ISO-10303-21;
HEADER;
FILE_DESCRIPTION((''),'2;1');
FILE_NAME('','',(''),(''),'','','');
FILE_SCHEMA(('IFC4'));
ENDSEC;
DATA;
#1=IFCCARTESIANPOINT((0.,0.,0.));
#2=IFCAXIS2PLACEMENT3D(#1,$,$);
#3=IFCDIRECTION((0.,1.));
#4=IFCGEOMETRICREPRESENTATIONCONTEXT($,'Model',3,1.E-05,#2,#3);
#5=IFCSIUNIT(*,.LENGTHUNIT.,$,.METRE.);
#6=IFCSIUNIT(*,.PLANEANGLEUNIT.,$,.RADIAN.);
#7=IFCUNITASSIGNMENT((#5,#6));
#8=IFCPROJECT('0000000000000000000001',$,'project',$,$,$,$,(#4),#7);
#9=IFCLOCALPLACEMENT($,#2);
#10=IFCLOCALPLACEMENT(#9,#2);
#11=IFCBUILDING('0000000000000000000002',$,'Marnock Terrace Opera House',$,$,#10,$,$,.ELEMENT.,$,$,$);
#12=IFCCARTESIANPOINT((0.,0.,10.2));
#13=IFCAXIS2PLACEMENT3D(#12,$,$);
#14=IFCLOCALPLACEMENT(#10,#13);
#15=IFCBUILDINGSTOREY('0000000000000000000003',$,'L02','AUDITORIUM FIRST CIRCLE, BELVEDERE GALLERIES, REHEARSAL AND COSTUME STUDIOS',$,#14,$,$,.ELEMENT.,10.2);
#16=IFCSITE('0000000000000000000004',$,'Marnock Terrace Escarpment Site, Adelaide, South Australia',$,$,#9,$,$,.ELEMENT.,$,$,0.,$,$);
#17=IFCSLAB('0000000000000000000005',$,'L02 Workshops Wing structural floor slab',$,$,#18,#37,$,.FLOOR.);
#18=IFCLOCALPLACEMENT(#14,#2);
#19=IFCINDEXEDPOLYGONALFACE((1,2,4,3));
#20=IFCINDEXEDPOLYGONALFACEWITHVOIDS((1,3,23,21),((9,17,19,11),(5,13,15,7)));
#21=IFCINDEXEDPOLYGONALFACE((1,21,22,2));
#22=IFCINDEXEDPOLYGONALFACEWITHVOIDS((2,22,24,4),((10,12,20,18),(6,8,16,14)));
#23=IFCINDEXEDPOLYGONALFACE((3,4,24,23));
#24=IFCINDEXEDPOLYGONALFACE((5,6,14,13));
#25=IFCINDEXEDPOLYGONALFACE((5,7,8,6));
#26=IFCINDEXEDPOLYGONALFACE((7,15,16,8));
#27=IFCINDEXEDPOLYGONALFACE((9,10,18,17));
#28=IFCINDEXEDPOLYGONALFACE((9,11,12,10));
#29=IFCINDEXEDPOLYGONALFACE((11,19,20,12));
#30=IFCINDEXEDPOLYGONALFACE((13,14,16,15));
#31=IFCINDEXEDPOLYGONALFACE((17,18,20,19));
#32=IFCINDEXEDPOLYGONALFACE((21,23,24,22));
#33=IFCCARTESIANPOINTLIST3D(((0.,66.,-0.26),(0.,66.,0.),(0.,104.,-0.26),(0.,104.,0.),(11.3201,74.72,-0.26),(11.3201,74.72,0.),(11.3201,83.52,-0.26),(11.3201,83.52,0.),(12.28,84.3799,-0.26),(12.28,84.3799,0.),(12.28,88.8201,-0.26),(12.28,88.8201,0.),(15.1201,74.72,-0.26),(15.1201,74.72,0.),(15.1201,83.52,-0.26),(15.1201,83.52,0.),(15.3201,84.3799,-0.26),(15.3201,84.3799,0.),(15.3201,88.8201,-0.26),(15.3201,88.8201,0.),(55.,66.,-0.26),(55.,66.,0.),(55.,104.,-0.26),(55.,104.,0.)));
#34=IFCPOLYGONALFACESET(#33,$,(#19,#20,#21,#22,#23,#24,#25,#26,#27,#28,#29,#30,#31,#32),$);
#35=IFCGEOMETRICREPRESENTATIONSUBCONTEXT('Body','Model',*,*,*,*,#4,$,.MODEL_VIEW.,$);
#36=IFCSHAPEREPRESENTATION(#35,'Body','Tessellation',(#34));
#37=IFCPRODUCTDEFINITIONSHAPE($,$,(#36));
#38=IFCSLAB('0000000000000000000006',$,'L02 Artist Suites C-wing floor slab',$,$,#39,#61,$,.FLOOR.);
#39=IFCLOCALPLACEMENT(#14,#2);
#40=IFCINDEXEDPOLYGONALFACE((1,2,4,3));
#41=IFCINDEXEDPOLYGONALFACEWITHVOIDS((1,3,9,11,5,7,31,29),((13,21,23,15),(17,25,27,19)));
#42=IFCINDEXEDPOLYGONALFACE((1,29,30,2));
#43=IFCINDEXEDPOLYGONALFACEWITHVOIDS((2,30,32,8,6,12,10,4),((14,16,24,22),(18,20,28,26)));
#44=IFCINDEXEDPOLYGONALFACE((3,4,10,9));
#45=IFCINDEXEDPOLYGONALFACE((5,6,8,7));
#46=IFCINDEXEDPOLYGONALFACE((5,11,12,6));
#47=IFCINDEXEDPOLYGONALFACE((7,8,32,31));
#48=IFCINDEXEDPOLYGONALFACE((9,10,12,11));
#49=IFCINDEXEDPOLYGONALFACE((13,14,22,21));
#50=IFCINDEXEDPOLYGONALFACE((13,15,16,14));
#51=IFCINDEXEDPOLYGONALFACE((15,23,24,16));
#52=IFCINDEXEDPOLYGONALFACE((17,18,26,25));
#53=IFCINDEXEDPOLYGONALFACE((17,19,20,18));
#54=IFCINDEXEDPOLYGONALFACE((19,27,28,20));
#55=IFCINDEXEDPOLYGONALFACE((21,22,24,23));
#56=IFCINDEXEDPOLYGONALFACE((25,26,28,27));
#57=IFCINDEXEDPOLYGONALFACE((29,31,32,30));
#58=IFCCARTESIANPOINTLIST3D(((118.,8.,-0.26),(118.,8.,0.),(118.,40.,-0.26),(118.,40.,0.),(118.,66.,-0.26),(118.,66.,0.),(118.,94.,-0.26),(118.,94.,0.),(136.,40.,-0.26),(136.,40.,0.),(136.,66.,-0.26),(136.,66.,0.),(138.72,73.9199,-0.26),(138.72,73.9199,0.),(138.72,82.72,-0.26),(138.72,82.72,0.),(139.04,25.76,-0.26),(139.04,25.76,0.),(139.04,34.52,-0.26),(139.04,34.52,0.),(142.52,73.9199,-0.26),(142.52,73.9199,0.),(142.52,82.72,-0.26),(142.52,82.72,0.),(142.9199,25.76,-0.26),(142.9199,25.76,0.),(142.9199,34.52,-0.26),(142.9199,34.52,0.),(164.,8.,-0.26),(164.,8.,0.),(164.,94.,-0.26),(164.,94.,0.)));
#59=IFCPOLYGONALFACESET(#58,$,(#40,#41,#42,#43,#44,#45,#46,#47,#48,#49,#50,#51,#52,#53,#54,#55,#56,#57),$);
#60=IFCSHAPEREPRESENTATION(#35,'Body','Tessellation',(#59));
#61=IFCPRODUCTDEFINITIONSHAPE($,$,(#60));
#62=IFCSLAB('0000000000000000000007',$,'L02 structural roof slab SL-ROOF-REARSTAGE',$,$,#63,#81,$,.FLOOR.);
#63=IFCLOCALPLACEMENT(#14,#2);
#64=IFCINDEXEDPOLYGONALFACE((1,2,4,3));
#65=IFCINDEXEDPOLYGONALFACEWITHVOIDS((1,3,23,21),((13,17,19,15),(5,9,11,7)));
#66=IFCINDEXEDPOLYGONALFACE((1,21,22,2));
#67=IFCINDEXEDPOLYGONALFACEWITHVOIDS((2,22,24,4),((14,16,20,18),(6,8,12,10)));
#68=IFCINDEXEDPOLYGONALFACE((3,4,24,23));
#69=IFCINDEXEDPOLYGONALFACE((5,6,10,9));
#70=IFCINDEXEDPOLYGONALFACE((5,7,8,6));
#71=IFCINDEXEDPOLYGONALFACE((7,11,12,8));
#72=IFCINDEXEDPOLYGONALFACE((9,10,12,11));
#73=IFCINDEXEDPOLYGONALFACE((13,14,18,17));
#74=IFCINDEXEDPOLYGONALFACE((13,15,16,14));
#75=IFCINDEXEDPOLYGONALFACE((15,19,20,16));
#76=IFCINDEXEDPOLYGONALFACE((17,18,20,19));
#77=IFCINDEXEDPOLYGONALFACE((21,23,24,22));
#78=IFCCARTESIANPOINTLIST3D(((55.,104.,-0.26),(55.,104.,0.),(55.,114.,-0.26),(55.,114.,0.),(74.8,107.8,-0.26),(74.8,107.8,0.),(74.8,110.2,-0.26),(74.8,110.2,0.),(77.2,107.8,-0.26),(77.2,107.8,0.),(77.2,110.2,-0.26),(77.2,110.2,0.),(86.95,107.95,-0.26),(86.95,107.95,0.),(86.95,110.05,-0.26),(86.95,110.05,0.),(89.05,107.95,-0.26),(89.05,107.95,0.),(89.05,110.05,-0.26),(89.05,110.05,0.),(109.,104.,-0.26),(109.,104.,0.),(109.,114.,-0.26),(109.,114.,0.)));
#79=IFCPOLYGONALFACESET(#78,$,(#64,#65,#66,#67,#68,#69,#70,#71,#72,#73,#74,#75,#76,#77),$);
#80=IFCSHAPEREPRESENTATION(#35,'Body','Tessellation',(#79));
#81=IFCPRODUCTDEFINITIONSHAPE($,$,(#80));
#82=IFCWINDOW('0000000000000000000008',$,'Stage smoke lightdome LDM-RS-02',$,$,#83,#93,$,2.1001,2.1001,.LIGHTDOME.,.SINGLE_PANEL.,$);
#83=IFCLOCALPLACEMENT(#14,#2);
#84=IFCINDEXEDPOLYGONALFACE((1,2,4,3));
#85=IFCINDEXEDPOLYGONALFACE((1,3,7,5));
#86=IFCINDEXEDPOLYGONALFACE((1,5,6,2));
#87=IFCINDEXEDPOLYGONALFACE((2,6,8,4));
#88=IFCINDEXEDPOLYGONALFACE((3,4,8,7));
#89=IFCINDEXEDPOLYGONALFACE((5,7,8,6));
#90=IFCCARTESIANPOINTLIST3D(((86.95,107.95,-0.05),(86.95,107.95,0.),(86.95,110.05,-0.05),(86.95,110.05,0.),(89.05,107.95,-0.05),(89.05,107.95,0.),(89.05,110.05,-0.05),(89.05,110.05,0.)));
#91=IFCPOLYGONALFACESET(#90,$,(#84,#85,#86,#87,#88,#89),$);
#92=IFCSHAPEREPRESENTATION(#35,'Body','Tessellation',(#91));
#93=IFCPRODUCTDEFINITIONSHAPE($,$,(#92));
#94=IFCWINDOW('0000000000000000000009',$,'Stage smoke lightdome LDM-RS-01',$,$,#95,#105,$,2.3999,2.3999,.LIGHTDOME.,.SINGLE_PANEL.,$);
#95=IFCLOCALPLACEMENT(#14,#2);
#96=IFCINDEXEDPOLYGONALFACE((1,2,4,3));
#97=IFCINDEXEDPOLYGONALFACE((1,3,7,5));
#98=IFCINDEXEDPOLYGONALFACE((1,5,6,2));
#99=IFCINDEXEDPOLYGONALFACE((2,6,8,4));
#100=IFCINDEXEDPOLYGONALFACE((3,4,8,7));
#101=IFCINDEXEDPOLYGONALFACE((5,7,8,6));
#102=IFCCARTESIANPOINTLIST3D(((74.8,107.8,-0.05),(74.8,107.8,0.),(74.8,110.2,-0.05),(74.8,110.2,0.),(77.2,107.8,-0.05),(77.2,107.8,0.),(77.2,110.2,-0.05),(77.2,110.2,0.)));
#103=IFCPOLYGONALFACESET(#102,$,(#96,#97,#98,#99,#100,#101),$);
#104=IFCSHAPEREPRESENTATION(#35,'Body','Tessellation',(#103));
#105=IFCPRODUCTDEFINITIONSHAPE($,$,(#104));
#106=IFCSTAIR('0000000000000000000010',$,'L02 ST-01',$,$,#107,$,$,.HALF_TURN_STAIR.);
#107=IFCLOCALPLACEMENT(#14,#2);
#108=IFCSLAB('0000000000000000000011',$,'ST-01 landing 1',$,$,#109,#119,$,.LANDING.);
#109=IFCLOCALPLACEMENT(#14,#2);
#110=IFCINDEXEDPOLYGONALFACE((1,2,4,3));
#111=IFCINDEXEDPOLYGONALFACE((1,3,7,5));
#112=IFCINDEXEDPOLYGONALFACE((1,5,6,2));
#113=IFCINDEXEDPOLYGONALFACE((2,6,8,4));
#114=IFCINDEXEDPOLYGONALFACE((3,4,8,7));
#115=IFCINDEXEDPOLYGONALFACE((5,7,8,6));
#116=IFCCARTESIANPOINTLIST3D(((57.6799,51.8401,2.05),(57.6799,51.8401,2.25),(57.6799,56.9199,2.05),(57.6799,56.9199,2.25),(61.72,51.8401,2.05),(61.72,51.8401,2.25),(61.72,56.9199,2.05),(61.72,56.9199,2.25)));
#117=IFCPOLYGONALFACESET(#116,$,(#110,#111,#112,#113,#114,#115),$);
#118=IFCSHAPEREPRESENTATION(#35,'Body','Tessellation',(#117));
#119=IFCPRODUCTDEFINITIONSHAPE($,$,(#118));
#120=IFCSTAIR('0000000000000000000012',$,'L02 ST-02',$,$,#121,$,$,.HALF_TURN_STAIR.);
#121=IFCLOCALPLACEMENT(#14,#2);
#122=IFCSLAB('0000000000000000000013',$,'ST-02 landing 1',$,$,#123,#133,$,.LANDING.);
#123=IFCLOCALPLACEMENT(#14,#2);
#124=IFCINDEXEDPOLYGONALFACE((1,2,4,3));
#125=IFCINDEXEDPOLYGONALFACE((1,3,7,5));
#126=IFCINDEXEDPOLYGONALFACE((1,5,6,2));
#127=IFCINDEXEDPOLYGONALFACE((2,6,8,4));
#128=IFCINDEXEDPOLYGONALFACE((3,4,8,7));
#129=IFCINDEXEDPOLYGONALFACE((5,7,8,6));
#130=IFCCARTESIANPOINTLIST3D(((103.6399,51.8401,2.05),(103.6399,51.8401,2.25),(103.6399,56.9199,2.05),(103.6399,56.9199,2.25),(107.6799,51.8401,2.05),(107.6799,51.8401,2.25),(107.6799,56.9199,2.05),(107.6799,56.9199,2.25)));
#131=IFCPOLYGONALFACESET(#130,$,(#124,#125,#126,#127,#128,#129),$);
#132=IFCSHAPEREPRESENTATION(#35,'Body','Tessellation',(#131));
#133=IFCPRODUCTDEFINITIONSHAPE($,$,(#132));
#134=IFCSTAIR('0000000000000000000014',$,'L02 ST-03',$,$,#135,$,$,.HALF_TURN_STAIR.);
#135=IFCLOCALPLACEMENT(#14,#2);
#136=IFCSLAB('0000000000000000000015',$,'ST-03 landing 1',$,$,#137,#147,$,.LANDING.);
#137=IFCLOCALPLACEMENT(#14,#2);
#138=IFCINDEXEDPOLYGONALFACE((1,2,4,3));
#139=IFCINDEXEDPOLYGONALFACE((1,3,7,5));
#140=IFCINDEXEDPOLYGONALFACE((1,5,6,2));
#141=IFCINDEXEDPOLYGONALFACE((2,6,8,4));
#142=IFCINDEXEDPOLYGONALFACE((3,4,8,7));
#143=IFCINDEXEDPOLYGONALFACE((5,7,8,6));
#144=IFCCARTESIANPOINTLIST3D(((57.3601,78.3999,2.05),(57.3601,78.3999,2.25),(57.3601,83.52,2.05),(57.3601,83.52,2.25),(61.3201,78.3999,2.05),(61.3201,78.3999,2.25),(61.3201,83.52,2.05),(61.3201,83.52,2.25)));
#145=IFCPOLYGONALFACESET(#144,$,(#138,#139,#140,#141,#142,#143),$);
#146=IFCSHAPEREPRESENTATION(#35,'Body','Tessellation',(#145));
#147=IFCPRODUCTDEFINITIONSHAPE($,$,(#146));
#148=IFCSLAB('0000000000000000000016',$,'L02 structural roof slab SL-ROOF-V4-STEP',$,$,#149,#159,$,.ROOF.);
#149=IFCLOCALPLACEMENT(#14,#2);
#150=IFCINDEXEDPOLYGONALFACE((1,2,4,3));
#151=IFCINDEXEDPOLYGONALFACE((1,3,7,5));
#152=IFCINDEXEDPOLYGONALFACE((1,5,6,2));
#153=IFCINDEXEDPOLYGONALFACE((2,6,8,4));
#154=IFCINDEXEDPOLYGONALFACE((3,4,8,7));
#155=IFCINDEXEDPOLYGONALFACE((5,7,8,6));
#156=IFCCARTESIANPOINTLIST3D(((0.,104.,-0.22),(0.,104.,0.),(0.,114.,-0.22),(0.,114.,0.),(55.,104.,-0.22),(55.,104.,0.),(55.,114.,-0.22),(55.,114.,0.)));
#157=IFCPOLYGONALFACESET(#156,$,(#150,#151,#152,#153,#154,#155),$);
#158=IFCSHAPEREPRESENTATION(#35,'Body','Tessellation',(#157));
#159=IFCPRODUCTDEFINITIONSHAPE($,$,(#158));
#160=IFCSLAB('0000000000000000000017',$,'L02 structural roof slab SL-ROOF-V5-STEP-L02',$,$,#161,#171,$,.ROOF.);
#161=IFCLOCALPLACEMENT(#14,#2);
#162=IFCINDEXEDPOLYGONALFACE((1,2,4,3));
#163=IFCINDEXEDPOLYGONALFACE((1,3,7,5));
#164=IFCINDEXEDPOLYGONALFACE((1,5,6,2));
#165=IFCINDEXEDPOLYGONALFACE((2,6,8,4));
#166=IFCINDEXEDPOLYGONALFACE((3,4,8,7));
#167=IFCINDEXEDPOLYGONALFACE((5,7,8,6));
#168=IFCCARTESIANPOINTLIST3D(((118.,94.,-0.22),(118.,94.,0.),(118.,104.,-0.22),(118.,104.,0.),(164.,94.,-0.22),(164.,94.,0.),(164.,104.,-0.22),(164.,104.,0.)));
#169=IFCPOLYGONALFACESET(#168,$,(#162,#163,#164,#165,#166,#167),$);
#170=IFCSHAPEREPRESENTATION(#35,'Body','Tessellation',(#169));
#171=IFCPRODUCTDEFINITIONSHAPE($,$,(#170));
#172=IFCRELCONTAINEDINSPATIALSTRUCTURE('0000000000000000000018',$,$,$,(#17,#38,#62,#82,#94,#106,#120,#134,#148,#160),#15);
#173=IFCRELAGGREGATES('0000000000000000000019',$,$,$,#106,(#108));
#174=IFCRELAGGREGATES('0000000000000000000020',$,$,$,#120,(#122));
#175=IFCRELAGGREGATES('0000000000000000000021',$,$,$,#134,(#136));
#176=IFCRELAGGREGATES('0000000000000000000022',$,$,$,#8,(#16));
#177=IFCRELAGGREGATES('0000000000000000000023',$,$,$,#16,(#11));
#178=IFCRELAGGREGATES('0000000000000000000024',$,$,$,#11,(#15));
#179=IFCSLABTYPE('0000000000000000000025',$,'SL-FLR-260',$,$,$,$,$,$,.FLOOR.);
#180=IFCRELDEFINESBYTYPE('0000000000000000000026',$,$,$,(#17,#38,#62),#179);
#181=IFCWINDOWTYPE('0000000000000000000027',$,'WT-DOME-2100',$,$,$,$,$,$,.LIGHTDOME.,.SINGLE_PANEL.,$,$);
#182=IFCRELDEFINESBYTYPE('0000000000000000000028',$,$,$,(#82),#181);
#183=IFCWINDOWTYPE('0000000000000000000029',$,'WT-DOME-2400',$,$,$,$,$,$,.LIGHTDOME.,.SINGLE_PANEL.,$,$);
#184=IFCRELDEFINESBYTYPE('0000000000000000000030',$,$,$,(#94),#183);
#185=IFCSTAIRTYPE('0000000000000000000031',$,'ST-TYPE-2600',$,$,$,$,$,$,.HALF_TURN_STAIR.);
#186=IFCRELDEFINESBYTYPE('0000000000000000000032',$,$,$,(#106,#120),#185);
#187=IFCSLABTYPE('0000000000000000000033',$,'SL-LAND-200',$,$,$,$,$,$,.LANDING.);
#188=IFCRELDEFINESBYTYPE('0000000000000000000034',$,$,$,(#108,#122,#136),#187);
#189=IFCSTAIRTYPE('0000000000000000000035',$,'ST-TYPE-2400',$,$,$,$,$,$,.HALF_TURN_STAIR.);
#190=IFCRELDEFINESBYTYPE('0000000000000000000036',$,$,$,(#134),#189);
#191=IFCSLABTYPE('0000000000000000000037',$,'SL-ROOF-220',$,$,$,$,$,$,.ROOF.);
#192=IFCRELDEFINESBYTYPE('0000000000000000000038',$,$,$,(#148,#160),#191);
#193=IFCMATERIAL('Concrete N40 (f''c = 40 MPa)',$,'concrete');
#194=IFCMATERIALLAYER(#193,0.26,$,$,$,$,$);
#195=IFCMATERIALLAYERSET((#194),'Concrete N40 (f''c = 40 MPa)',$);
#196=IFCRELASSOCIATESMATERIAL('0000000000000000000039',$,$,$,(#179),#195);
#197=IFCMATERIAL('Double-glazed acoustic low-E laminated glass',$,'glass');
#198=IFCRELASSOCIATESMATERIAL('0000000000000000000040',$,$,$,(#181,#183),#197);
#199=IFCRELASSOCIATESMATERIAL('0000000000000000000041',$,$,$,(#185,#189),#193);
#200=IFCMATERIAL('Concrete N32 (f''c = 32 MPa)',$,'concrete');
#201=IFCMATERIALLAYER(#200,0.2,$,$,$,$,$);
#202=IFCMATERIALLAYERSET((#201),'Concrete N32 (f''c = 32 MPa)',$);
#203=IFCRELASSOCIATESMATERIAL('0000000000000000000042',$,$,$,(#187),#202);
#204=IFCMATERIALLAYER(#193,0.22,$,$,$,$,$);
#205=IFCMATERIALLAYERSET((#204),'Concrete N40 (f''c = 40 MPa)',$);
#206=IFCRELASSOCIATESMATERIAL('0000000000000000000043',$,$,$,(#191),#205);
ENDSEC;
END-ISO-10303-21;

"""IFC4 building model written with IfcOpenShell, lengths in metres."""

from ifc_helpers import new_model, si_unit, direction, frame, origin, origin_2d, place, context, subcontext, project, spatial, polyline, rectangle, outline, extrude, material, layer, layer_set, type_object, element, fill, aggregate, save


model = new_model("IFC4")

# Units and contexts
model_context = context("Model", 3, precision=1e-05, world=origin(), true_north=direction((0.0, 1.0)))
body_context = subcontext(model_context, "Body", "Model", "MODEL_VIEW")
ifc_project = project(units=[si_unit("LENGTHUNIT", "METRE"), si_unit("PLANEANGLEUNIT", "RADIAN")], contexts=[model_context])

# Site, building, storey
site_placement = place(None, origin())
site = spatial("IfcSite", under=ifc_project, at=site_placement, Name="Marnock Terrace Escarpment Site, Adelaide, South Australia", CompositionType="ELEMENT", RefElevation=0.0)
building_placement = place(site_placement, origin())
building = spatial("IfcBuilding", under=site, at=building_placement, Name="Marnock Terrace Opera House", CompositionType="ELEMENT")
storey_placement = place(building_placement, frame((0.0, 0.0, 10.2)))
storey = spatial("IfcBuildingStorey", under=building, at=storey_placement, Name="L02", Description="AUDITORIUM FIRST CIRCLE, BELVEDERE GALLERIES, REHEARSAL AND COSTUME STUDIOS", CompositionType="ELEMENT", Elevation=10.2)

# Slabs
ifc_material_1 = material(Name="Concrete N40 (f'c = 40 MPa)", Category="concrete")
ifc_layer_1 = layer(ifc_material_1, 0.26)
ifc_layer_set_1 = layer_set([ifc_layer_1], Name="Concrete N40 (f'c = 40 MPa)")
slab_type_1 = type_object("IfcSlabType", Name="SL-FLR-260", PredefinedType="FLOOR", material=ifc_layer_set_1)
slab_1_placement = place(storey_placement, frame((0.0, 0.0, -0.26)))
element("IfcSlab", 1, at=slab_1_placement, inside=storey, type_object=slab_type_1, Name="L02 Workshops Wing structural floor slab", PredefinedType="FLOOR", context=body_context, shape_type="SweptSolid", body=[
    extrude(outline(polyline([(0.0, 66.0), (55.0, 66.0), (55.0, 104.0), (0.0, 104.0), (0.0, 66.0)]), holes=[polyline([(15.1201, 74.72), (15.1201, 83.52), (11.3201, 83.52), (11.3201, 74.72), (15.1201, 74.72)]), polyline([(12.28, 84.3799), (15.3201, 84.3799), (15.3201, 88.8201), (12.28, 88.8201), (12.28, 84.3799)])]), origin(), (0.0, 0.0, 1.0), 0.26),
])
slab_2_placement = place(storey_placement, frame((0.0, 0.0, -0.26)))
element("IfcSlab", 2, at=slab_2_placement, inside=storey, type_object=slab_type_1, Name="L02 Artist Suites C-wing floor slab", PredefinedType="FLOOR", context=body_context, shape_type="SweptSolid", body=[
    extrude(outline(polyline([(118.0, 8.0), (164.0, 8.0), (164.0, 94.0), (118.0, 94.0), (118.0, 66.0), (136.0, 66.0), (136.0, 40.0), (118.0, 40.0), (118.0, 8.0)]), holes=[polyline([(142.9199, 25.76), (142.9199, 34.52), (139.04, 34.52), (139.04, 25.76), (142.9199, 25.76)]), polyline([(142.52, 73.9199), (142.52, 82.72), (138.72, 82.72), (138.72, 73.9199), (142.52, 73.9199)])]), origin(), (0.0, 0.0, 1.0), 0.26),
])

# Slab, openings, windows
slab_3_placement = place(storey_placement, frame((0.0, 0.0, -0.26)))
slab_3 = element("IfcSlab", 3, at=slab_3_placement, inside=storey, type_object=slab_type_1, Name="L02 structural roof slab SL-ROOF-REARSTAGE", PredefinedType="FLOOR", context=body_context, shape_type="SweptSolid", body=[
    extrude(outline(polyline([(55.0, 104.0), (109.0, 104.0), (109.0, 114.0), (55.0, 114.0), (55.0, 104.0)])), origin(), (0.0, 0.0, 1.0), 0.26),
])
opening_1_placement = place(slab_3_placement, frame((76.0, 109.0, 0.0)))
opening_1 = element("IfcOpeningElement", 4, at=opening_1_placement, cuts=slab_3, PredefinedType="OPENING", context=body_context, shape_type="SweptSolid", body=[
    extrude(rectangle(XDim=2.3999, YDim=2.3999, at=origin_2d()), frame((0.0, 0.0, -0.01)), (0.0, 0.0, 1.0), 0.28),
])
opening_2_placement = place(slab_3_placement, frame((88.0, 109.0, 0.0)))
opening_2 = element("IfcOpeningElement", 5, at=opening_2_placement, cuts=slab_3, PredefinedType="OPENING", context=body_context, shape_type="SweptSolid", body=[
    extrude(rectangle(XDim=2.1001, YDim=2.1001, at=origin_2d()), frame((0.0, 0.0, -0.01)), (0.0, 0.0, 1.0), 0.28),
])
ifc_material_2 = material(Name="Double-glazed acoustic low-E laminated glass", Category="glass")
window_type_1 = type_object("IfcWindowType", Name="WT-DOME-2100", PartitioningType="SINGLE_PANEL", PredefinedType="LIGHTDOME", material=ifc_material_2)
window_1_placement = place(opening_2_placement, frame((0.0, 0.0, 0.21)))
window_1 = element("IfcWindow", 6, at=window_1_placement, inside=storey, type_object=window_type_1, Name="Stage smoke lightdome LDM-RS-02", OverallHeight=2.1001, OverallWidth=2.1001, PartitioningType="SINGLE_PANEL", PredefinedType="LIGHTDOME", context=body_context, shape_type="SweptSolid", body=[
    extrude(rectangle(XDim=2.1001, YDim=2.1001, at=origin_2d()), origin(), (0.0, 0.0, 1.0), 0.05),
])
fill(opening_2, window_1)
window_type_2 = type_object("IfcWindowType", Name="WT-DOME-2400", PartitioningType="SINGLE_PANEL", PredefinedType="LIGHTDOME", material=ifc_material_2)
window_2_placement = place(opening_1_placement, frame((0.0, 0.0, 0.21)))
window_2 = element("IfcWindow", 7, at=window_2_placement, inside=storey, type_object=window_type_2, Name="Stage smoke lightdome LDM-RS-01", OverallHeight=2.3999, OverallWidth=2.3999, PartitioningType="SINGLE_PANEL", PredefinedType="LIGHTDOME", context=body_context, shape_type="SweptSolid", body=[
    extrude(rectangle(XDim=2.3999, YDim=2.3999, at=origin_2d()), origin(), (0.0, 0.0, 1.0), 0.05),
])
fill(opening_1, window_2)

# Stairs, slabs
stair_type_1 = type_object("IfcStairType", Name="ST-TYPE-2600", PredefinedType="HALF_TURN_STAIR", material=ifc_material_1)
stair_1_placement = place(storey_placement, origin())
stair_1 = element("IfcStair", 8, at=stair_1_placement, inside=storey, type_object=stair_type_1, Name="L02 ST-01", PredefinedType="HALF_TURN_STAIR")
ifc_material_3 = material(Name="Concrete N32 (f'c = 32 MPa)", Category="concrete")
ifc_layer_2 = layer(ifc_material_3, 0.2)
ifc_layer_set_2 = layer_set([ifc_layer_2], Name="Concrete N32 (f'c = 32 MPa)")
slab_type_2 = type_object("IfcSlabType", Name="SL-LAND-200", PredefinedType="LANDING", material=ifc_layer_set_2)
slab_4_placement = place(storey_placement, frame((0.0, 0.0, 2.05)))
slab_4 = element("IfcSlab", 9, at=slab_4_placement, type_object=slab_type_2, Name="ST-01 landing 1", PredefinedType="LANDING", context=body_context, shape_type="SweptSolid", body=[
    extrude(outline(polyline([(61.72, 51.8401), (61.72, 56.9199), (57.6799, 56.9199), (57.6799, 51.8401), (61.72, 51.8401)])), origin(), (0.0, 0.0, 1.0), 0.2),
])
aggregate(stair_1, [slab_4])
stair_2_placement = place(storey_placement, origin())
stair_2 = element("IfcStair", 10, at=stair_2_placement, inside=storey, type_object=stair_type_1, Name="L02 ST-02", PredefinedType="HALF_TURN_STAIR")
slab_5_placement = place(storey_placement, frame((0.0, 0.0, 2.05)))
slab_5 = element("IfcSlab", 11, at=slab_5_placement, type_object=slab_type_2, Name="ST-02 landing 1", PredefinedType="LANDING", context=body_context, shape_type="SweptSolid", body=[
    extrude(outline(polyline([(107.6799, 51.8401), (107.6799, 56.9199), (103.6399, 56.9199), (103.6399, 51.8401), (107.6799, 51.8401)])), origin(), (0.0, 0.0, 1.0), 0.2),
])
aggregate(stair_2, [slab_5])
stair_type_2 = type_object("IfcStairType", Name="ST-TYPE-2400", PredefinedType="HALF_TURN_STAIR", material=ifc_material_1)
stair_3_placement = place(storey_placement, origin())
stair_3 = element("IfcStair", 12, at=stair_3_placement, inside=storey, type_object=stair_type_2, Name="L02 ST-03", PredefinedType="HALF_TURN_STAIR")
slab_6_placement = place(storey_placement, frame((0.0, 0.0, 2.05)))
slab_6 = element("IfcSlab", 13, at=slab_6_placement, type_object=slab_type_2, Name="ST-03 landing 1", PredefinedType="LANDING", context=body_context, shape_type="SweptSolid", body=[
    extrude(outline(polyline([(61.3201, 78.3999), (61.3201, 83.52), (57.3601, 83.52), (57.3601, 78.3999), (61.3201, 78.3999)])), origin(), (0.0, 0.0, 1.0), 0.2),
])
aggregate(stair_3, [slab_6])

# Slabs
ifc_layer_3 = layer(ifc_material_1, 0.22)
ifc_layer_set_3 = layer_set([ifc_layer_3], Name="Concrete N40 (f'c = 40 MPa)")
slab_type_3 = type_object("IfcSlabType", Name="SL-ROOF-220", PredefinedType="ROOF", material=ifc_layer_set_3)
slab_7_placement = place(storey_placement, frame((0.0, 0.0, -0.22)))
element("IfcSlab", 14, at=slab_7_placement, inside=storey, type_object=slab_type_3, Name="L02 structural roof slab SL-ROOF-V4-STEP", PredefinedType="ROOF", context=body_context, shape_type="SweptSolid", body=[
    extrude(outline(polyline([(0.0, 104.0), (55.0, 104.0), (55.0, 114.0), (0.0, 114.0), (0.0, 104.0)])), origin(), (0.0, 0.0, 1.0), 0.22),
])
slab_8_placement = place(storey_placement, frame((0.0, 0.0, -0.22)))
element("IfcSlab", 15, at=slab_8_placement, inside=storey, type_object=slab_type_3, Name="L02 structural roof slab SL-ROOF-V5-STEP-L02", PredefinedType="ROOF", context=body_context, shape_type="SweptSolid", body=[
    extrude(outline(polyline([(118.0, 94.0), (164.0, 94.0), (164.0, 104.0), (118.0, 104.0), (118.0, 94.0)])), origin(), (0.0, 0.0, 1.0), 0.22),
])

save(model, "model.ifc")
